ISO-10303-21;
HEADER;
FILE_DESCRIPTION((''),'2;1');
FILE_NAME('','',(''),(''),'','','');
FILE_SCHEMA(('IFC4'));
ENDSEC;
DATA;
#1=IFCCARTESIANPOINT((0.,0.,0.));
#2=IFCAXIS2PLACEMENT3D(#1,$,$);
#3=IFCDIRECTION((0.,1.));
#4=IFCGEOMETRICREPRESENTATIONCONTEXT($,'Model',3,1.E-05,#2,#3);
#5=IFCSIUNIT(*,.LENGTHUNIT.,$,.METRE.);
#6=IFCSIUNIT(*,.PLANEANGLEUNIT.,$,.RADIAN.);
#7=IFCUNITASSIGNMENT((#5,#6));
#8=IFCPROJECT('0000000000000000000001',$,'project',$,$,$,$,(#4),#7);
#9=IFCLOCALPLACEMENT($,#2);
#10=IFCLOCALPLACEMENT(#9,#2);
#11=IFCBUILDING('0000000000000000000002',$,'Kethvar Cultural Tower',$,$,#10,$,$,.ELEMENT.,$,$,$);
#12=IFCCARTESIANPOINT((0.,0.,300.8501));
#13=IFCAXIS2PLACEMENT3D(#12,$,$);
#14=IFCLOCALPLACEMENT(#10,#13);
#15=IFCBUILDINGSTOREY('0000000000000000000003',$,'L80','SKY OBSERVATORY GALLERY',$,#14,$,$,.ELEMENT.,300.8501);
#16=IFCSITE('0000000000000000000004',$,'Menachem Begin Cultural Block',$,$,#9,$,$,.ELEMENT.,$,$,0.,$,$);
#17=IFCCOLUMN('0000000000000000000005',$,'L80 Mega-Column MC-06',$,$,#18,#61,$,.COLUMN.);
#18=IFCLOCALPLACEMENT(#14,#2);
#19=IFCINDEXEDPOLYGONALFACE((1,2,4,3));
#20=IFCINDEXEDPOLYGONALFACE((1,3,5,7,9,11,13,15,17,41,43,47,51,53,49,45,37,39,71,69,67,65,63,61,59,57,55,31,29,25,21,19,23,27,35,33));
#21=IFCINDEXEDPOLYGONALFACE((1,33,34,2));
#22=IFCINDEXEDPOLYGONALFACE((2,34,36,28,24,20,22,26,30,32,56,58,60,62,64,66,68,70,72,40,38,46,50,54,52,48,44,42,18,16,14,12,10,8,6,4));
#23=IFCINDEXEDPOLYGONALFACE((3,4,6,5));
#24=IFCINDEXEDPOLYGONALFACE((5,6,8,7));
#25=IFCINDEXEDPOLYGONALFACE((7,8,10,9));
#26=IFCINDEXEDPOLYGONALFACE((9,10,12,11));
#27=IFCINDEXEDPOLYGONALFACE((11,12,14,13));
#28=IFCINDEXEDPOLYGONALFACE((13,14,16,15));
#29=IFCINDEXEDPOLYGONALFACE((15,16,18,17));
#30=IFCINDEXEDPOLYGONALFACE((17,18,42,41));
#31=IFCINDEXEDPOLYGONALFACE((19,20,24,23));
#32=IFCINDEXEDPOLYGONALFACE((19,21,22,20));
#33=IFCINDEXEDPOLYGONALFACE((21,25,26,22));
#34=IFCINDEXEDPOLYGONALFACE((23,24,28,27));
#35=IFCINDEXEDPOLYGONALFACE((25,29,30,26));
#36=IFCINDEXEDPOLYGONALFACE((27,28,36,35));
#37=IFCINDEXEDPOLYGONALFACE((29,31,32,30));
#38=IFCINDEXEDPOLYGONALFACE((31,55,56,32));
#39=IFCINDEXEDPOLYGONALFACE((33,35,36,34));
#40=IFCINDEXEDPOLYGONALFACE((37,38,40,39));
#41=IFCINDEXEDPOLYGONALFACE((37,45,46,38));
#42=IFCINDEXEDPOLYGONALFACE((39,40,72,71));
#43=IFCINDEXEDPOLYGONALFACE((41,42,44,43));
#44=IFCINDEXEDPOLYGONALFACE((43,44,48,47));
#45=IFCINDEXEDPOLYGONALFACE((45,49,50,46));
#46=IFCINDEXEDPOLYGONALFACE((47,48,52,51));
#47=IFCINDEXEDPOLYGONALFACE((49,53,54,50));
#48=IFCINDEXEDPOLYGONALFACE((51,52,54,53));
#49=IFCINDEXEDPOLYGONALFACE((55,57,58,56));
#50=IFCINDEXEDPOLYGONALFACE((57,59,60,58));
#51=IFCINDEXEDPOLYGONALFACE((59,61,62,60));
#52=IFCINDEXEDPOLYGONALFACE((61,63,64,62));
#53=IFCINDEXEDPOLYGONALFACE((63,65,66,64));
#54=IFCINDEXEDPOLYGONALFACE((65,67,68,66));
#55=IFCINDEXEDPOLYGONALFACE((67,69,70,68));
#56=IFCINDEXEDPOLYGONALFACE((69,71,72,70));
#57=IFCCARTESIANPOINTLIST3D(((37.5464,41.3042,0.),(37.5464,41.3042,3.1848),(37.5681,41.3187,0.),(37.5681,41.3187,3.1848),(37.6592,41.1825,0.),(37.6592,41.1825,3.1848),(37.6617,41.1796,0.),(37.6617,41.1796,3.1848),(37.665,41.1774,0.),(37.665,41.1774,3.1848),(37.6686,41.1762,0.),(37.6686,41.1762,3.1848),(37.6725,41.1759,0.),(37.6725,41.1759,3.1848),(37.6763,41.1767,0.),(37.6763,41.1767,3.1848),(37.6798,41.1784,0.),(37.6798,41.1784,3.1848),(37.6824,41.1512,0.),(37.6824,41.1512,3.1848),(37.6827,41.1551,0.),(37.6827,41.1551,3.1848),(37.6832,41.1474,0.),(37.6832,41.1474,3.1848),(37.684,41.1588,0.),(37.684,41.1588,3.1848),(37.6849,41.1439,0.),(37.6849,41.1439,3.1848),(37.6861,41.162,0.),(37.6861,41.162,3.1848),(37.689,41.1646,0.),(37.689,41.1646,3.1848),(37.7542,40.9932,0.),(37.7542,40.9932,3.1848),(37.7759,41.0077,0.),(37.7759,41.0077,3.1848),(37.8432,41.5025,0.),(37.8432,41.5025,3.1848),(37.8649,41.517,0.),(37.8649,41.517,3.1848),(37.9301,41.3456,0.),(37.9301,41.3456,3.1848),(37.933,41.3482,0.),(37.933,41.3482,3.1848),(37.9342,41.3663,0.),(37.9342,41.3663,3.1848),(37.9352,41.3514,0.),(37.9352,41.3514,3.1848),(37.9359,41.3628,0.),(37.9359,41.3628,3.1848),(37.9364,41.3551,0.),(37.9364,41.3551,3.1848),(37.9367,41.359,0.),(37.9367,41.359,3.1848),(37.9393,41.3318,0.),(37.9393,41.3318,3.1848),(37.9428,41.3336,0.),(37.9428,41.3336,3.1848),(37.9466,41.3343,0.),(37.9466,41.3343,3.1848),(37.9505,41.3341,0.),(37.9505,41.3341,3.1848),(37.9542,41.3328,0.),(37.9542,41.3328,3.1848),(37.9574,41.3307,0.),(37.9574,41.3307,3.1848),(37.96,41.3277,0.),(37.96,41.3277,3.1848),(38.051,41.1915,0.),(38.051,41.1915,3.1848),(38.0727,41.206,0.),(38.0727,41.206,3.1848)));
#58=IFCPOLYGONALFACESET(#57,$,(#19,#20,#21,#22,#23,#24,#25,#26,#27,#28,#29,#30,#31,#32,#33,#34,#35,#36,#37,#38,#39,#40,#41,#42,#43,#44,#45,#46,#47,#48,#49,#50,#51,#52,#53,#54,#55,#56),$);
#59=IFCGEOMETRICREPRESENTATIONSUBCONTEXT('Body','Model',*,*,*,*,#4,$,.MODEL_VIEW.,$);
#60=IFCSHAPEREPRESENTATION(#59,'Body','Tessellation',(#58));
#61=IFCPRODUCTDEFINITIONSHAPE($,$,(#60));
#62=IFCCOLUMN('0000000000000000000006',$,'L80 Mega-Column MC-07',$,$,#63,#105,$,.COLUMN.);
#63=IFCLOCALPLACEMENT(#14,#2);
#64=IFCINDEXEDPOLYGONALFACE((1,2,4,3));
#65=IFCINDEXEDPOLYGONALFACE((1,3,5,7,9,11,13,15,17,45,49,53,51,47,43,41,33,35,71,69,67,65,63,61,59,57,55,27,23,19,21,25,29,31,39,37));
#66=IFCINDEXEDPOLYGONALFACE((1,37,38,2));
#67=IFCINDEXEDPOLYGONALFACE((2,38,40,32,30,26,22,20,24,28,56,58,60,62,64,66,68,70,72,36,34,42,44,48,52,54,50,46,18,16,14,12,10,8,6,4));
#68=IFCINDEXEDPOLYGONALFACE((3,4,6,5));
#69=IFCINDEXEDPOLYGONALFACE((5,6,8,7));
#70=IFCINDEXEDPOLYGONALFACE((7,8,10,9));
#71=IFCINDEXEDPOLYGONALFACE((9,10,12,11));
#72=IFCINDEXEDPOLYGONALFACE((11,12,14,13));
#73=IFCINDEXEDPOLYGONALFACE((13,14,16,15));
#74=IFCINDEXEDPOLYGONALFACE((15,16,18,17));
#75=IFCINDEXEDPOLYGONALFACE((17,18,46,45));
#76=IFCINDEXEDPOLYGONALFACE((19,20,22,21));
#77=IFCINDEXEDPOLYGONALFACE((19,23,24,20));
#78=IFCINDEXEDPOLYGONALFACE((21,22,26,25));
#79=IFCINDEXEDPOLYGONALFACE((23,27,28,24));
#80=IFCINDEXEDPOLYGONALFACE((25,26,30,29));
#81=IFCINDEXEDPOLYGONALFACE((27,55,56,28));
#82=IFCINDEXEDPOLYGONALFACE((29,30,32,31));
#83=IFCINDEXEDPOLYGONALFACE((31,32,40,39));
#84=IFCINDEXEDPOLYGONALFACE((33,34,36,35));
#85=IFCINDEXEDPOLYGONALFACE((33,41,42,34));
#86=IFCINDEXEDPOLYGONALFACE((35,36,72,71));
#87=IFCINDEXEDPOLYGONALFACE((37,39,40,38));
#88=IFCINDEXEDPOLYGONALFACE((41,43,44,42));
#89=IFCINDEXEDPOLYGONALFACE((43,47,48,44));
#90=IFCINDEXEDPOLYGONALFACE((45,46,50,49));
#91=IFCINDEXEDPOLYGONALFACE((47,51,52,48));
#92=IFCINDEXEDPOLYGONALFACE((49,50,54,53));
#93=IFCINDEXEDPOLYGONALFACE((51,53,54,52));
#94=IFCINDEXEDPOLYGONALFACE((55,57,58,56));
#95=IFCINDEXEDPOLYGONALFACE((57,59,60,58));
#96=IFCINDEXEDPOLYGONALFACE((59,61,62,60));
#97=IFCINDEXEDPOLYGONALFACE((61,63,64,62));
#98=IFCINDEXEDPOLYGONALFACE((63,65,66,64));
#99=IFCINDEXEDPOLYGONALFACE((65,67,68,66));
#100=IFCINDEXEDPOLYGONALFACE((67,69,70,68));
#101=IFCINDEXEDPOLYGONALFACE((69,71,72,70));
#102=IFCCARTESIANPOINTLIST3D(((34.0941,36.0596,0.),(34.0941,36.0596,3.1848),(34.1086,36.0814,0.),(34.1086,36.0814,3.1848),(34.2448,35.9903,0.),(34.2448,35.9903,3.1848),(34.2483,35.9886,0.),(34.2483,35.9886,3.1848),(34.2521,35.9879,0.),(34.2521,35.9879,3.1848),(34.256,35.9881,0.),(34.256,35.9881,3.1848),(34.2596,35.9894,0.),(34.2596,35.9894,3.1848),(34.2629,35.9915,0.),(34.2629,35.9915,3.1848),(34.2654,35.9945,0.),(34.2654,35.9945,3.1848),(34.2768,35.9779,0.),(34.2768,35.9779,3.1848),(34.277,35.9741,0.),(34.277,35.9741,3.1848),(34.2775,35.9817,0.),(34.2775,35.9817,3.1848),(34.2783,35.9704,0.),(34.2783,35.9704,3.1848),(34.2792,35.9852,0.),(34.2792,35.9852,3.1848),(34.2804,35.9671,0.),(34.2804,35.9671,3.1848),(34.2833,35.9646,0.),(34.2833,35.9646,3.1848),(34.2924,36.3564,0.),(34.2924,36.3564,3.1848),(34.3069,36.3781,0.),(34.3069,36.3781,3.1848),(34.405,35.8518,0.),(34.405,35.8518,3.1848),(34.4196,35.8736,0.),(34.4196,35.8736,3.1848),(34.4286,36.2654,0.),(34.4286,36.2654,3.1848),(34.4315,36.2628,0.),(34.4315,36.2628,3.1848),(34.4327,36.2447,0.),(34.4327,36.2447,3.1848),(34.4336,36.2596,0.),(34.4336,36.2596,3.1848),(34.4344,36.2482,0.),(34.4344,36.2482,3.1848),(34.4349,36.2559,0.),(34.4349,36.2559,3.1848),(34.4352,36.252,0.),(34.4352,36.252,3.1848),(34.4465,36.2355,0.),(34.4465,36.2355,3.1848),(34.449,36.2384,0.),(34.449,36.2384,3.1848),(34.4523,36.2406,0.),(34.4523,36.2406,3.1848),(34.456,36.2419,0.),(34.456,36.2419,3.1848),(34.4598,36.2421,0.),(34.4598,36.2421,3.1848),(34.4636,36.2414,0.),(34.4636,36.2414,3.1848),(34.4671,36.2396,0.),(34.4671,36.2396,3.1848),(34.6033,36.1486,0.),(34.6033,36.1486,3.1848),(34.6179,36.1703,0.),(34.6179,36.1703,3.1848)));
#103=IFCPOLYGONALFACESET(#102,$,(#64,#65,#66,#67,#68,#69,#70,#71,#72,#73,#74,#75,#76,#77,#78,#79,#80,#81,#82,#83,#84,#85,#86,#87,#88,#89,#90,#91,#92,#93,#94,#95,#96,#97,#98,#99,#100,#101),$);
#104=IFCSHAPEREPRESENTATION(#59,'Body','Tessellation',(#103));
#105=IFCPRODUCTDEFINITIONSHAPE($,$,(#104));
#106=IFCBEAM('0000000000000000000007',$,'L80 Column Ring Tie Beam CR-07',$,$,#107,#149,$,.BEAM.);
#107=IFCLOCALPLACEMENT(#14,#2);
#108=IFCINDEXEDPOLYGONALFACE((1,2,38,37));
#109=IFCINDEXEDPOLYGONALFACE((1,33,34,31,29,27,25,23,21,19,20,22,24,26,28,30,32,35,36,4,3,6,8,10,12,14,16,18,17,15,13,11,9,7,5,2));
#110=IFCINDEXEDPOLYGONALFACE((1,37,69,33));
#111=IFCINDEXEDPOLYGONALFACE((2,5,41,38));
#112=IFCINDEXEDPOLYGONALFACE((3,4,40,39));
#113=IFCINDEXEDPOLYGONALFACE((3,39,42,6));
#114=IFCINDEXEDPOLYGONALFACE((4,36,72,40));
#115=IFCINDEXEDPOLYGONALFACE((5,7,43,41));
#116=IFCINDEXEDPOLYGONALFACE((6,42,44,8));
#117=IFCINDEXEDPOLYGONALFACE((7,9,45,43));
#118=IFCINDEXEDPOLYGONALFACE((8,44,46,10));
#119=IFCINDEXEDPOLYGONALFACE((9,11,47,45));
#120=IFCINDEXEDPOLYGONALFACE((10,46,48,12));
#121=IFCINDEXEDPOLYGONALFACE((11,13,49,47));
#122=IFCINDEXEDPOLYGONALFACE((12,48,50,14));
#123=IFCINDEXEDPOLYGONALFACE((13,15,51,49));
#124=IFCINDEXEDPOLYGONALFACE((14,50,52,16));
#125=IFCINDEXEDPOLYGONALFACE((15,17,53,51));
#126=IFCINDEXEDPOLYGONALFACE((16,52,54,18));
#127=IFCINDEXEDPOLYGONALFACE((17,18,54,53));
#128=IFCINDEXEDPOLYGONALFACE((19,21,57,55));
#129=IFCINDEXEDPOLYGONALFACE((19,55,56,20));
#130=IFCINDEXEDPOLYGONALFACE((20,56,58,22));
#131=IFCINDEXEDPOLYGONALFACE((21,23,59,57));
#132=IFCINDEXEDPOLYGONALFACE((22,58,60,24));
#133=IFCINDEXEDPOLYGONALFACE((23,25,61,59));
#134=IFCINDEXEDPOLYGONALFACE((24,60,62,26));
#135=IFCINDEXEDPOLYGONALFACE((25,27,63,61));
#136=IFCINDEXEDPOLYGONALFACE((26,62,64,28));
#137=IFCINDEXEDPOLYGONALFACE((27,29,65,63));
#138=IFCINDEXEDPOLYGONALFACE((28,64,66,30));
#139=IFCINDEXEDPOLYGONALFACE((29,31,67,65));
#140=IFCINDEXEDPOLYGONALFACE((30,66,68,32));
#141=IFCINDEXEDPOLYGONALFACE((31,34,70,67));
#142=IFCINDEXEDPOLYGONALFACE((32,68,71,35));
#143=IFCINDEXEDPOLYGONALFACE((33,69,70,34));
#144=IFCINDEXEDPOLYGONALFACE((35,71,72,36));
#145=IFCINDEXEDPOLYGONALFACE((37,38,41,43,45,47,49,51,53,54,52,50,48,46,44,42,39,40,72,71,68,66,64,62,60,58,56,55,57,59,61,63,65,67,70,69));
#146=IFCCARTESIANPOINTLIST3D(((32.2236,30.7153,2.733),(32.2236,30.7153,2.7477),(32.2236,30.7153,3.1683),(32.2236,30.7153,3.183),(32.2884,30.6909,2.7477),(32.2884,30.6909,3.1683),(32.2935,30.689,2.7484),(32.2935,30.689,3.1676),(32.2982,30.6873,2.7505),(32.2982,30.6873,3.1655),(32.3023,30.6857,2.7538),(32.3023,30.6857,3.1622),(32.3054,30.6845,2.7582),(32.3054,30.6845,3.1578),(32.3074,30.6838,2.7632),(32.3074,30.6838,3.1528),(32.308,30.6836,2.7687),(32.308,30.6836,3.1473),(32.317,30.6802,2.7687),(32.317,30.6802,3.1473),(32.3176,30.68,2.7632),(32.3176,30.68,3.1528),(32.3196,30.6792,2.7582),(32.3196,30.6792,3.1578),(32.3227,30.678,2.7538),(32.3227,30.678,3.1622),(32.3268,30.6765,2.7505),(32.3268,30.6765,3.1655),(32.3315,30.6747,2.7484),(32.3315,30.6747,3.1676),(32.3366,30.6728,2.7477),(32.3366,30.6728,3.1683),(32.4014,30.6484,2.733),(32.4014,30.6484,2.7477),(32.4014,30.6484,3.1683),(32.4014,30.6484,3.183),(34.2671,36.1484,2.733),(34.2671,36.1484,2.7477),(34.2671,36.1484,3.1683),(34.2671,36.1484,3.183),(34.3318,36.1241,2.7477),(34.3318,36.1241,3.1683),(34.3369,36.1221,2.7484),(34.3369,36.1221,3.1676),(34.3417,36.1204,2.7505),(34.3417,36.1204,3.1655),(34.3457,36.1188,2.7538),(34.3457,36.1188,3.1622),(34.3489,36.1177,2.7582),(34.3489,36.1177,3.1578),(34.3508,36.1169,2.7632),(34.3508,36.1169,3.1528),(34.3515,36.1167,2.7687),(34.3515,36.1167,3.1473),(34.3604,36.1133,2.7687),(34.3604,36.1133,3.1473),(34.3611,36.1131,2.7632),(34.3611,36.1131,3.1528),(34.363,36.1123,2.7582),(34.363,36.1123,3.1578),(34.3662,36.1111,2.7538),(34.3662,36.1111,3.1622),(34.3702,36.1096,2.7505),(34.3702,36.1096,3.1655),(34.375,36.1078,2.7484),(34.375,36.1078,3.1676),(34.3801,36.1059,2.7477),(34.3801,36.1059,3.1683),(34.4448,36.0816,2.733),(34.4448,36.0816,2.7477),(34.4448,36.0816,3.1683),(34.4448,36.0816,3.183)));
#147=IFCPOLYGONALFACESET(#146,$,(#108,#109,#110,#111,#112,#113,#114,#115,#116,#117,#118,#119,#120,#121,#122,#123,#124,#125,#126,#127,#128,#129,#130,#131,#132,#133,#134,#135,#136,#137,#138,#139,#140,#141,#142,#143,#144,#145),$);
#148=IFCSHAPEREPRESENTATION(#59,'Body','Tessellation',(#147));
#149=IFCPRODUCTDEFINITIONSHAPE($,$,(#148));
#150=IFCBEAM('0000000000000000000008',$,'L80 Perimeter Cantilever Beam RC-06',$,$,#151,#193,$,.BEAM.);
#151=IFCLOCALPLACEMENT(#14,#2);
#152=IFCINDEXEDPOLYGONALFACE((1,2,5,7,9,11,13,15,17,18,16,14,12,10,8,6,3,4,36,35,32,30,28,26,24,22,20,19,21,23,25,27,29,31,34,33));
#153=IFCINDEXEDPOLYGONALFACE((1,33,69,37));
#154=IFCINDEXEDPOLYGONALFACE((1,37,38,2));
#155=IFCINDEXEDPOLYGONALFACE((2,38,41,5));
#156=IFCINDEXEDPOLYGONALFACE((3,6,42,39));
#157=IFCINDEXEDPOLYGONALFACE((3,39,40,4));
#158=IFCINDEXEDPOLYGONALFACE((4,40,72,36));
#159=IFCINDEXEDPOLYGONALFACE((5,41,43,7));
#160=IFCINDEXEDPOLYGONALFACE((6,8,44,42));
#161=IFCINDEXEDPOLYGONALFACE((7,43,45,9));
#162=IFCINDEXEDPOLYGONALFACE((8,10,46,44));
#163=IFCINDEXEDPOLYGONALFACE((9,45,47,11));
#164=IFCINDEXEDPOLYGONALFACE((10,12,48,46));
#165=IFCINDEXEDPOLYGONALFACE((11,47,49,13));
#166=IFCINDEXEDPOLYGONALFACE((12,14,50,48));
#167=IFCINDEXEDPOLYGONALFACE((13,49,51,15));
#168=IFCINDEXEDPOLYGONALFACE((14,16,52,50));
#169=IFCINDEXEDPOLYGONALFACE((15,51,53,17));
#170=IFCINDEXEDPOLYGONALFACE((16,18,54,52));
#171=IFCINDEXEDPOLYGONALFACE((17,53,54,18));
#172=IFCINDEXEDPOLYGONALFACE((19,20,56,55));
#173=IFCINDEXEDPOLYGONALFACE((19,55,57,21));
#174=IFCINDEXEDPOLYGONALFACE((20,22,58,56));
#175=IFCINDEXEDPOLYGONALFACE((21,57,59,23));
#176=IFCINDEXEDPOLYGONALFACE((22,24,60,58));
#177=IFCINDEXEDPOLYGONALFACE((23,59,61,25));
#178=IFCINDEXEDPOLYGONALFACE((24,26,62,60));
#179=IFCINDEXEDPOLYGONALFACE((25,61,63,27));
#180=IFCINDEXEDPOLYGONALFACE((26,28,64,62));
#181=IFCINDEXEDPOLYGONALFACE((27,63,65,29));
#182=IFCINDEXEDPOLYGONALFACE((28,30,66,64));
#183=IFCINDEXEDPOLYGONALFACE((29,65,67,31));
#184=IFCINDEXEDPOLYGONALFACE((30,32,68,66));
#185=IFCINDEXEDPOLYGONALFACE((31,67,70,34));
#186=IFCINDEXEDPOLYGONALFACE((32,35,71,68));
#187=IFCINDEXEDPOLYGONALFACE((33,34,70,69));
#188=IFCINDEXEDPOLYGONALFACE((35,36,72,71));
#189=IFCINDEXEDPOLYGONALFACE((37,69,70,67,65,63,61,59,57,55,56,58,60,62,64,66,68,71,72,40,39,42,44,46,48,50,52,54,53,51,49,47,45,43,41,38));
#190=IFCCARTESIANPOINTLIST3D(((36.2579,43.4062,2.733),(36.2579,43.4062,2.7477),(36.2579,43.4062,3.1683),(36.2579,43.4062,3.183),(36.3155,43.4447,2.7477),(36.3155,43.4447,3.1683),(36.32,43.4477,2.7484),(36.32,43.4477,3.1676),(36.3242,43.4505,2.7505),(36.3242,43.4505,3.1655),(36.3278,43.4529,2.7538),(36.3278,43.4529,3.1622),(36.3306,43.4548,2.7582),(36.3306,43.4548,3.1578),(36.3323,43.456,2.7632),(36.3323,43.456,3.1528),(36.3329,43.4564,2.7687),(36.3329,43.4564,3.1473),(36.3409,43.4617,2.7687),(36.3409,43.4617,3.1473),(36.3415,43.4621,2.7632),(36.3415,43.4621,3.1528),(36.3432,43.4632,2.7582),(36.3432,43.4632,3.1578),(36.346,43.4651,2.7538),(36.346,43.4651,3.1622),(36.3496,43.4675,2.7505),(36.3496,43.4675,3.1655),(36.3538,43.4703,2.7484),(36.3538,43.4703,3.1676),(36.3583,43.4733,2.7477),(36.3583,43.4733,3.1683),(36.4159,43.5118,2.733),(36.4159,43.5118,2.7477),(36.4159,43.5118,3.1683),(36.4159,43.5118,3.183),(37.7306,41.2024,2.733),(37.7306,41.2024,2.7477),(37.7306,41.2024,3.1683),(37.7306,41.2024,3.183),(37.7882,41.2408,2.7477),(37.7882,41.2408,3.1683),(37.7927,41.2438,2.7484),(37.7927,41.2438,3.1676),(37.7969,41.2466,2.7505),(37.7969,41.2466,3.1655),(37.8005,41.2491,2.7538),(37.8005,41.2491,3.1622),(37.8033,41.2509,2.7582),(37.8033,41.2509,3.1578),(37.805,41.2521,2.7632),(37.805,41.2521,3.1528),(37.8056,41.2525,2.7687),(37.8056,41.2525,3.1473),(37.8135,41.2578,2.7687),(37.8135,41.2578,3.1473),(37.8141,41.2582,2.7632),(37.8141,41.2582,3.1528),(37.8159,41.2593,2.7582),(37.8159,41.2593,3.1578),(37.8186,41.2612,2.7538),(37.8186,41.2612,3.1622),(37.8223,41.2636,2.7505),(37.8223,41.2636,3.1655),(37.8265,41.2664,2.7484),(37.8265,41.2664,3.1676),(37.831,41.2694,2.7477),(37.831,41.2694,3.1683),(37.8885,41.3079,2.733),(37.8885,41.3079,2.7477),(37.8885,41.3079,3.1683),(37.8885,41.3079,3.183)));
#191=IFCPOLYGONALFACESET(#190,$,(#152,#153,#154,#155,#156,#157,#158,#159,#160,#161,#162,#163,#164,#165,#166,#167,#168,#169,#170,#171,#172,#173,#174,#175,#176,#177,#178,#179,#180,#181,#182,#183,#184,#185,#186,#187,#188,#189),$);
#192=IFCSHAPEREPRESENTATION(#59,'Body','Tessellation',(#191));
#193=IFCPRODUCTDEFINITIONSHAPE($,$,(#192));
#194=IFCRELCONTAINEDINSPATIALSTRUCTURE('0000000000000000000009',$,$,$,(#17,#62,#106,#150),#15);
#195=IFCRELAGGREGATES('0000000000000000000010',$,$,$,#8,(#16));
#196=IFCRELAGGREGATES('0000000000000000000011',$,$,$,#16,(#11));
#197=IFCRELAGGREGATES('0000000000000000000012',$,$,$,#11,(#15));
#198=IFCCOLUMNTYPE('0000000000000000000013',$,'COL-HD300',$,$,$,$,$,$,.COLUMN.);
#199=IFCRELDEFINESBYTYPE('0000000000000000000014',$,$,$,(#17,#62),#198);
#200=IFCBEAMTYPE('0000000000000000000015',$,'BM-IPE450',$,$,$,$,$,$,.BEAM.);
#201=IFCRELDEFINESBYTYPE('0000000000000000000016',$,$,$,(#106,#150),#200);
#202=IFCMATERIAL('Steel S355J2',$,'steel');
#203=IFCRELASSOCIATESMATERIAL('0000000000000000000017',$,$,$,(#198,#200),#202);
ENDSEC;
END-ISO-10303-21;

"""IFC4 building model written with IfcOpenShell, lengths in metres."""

from ifc_helpers import new_model, si_unit, direction, frame, origin, origin_2d, place, context, subcontext, project, spatial, i_section, extrude, source, transform, mapped, material, material_profile, profile_set, type_object, element, save


model = new_model("IFC4")

# Units and contexts
model_context = context("Model", 3, precision=1e-05, world=origin(), true_north=direction((0.0, 1.0)))
body_context = subcontext(model_context, "Body", "Model", "MODEL_VIEW")
ifc_project = project(units=[si_unit("LENGTHUNIT", "METRE"), si_unit("PLANEANGLEUNIT", "RADIAN")], contexts=[model_context])

# Site, building, storey
site_placement = place(None, origin())
site = spatial("IfcSite", under=ifc_project, at=site_placement, Name="Menachem Begin Cultural Block", CompositionType="ELEMENT", RefElevation=0.0)
building_placement = place(site_placement, origin())
building = spatial("IfcBuilding", under=site, at=building_placement, Name="Kethvar Cultural Tower", CompositionType="ELEMENT")
storey_placement = place(building_placement, frame((0.0, 0.0, 300.8501)))
storey = spatial("IfcBuildingStorey", under=building, at=storey_placement, Name="L80", Description="SKY OBSERVATORY GALLERY", CompositionType="ELEMENT", Elevation=300.8501)

# Columns
ifc_material_1 = material(Name="Steel S355J2", Category="steel")
ifc_material_profile_1 = material_profile(ifc_material_1, i_section(OverallWidth=0.374, OverallDepth=0.3831, WebThickness=0.0166, FlangeThickness=0.0261, FilletRadius=0.0149, at=origin_2d()), Name="Steel S355J2 — HD360x300")
ifc_profile_set_1 = profile_set([ifc_material_profile_1], Name="Steel S355J2 — HD360x300")
column_type = type_object("IfcColumnType", Name="COL-HD300", PredefinedType="COLUMN", material=ifc_profile_set_1)
shared_shape_1 = source(origin(), body_context, "Body", "SweptSolid", [
    extrude(i_section(OverallWidth=0.374, OverallDepth=0.3831, WebThickness=0.0166, FlangeThickness=0.0261, FilletRadius=0.0149, at=origin_2d()), origin(), (0.0, 0.0, 1.0), 3.1848),
])
for number, where, z_axis, x_axis, name in (
    (1, (37.8096, 41.2551, 0.0), (0.0, 0.0, 1.0), (-0.55557, 0.83147, 0.0), "L80 Mega-Column MC-06"),
    (2, (34.356, 36.115, 0.0), (0.0, 0.0, 1.0), (-0.83147, 0.55557, 0.0), "L80 Mega-Column MC-07"),
):
    element("IfcColumn", number, at=place(storey_placement, frame(where, z_axis=z_axis, x_axis=x_axis)), inside=storey, type_object=column_type, Name=name, PredefinedType="COLUMN", context=body_context, shape_type="MappedRepresentation", body=[
        mapped(shared_shape_1, transform((0.0, 0.0, 0.0), scale=1.0)),
    ])

# Beams
ifc_material_profile_2 = material_profile(ifc_material_1, i_section(OverallWidth=0.1899, OverallDepth=0.45, WebThickness=0.0095, FlangeThickness=0.0146, FilletRadius=0.021, at=origin_2d()), Name="Steel S355J2 — IPE450")
ifc_profile_set_2 = profile_set([ifc_material_profile_2], Name="Steel S355J2 — IPE450")
beam_type_1 = type_object("IfcBeamType", Name="BM-IPE450", PredefinedType="BEAM", material=ifc_profile_set_2)
shared_shape_2 = source(origin(), body_context, "Body", "SweptSolid", [
    extrude(i_section(OverallWidth=0.1899, OverallDepth=0.45, WebThickness=0.0095, FlangeThickness=0.0146, FilletRadius=0.021, at=origin_2d()), origin(), (0.0, 0.0, 1.0), 5.8047),
])
beam_1_placement = place(storey_placement, frame((34.356, 36.115, 2.958), z_axis=(-0.352036, -0.935986, 0.0), x_axis=(0.935986, -0.352036, 0.0)))
element("IfcBeam", 3, at=beam_1_placement, inside=storey, type_object=beam_type_1, Name="L80 Column Ring Tie Beam CR-07", PredefinedType="BEAM", context=body_context, shape_type="MappedRepresentation", body=[
    mapped(shared_shape_2, transform((0.0, 0.0, 0.0), scale=1.0)),
])
shared_shape_3 = source(origin(), body_context, "Body", "SweptSolid", [
    extrude(i_section(OverallWidth=0.1899, OverallDepth=0.45, WebThickness=0.0095, FlangeThickness=0.0146, FilletRadius=0.021, at=origin_2d()), origin(), (0.0, 0.0, 1.0), 2.6506),
])
beam_2_placement = place(storey_placement, frame((37.8096, 41.2551, 2.958), z_axis=(-0.555593, 0.831455, 0.0), x_axis=(-0.831455, -0.555593, 0.0)))
element("IfcBeam", 4, at=beam_2_placement, inside=storey, type_object=beam_type_1, Name="L80 Perimeter Cantilever Beam RC-06", PredefinedType="BEAM", context=body_context, shape_type="MappedRepresentation", body=[
    mapped(shared_shape_3, transform((0.0, 0.0, 0.0), scale=1.0)),
])

save(model, "model.ifc")
